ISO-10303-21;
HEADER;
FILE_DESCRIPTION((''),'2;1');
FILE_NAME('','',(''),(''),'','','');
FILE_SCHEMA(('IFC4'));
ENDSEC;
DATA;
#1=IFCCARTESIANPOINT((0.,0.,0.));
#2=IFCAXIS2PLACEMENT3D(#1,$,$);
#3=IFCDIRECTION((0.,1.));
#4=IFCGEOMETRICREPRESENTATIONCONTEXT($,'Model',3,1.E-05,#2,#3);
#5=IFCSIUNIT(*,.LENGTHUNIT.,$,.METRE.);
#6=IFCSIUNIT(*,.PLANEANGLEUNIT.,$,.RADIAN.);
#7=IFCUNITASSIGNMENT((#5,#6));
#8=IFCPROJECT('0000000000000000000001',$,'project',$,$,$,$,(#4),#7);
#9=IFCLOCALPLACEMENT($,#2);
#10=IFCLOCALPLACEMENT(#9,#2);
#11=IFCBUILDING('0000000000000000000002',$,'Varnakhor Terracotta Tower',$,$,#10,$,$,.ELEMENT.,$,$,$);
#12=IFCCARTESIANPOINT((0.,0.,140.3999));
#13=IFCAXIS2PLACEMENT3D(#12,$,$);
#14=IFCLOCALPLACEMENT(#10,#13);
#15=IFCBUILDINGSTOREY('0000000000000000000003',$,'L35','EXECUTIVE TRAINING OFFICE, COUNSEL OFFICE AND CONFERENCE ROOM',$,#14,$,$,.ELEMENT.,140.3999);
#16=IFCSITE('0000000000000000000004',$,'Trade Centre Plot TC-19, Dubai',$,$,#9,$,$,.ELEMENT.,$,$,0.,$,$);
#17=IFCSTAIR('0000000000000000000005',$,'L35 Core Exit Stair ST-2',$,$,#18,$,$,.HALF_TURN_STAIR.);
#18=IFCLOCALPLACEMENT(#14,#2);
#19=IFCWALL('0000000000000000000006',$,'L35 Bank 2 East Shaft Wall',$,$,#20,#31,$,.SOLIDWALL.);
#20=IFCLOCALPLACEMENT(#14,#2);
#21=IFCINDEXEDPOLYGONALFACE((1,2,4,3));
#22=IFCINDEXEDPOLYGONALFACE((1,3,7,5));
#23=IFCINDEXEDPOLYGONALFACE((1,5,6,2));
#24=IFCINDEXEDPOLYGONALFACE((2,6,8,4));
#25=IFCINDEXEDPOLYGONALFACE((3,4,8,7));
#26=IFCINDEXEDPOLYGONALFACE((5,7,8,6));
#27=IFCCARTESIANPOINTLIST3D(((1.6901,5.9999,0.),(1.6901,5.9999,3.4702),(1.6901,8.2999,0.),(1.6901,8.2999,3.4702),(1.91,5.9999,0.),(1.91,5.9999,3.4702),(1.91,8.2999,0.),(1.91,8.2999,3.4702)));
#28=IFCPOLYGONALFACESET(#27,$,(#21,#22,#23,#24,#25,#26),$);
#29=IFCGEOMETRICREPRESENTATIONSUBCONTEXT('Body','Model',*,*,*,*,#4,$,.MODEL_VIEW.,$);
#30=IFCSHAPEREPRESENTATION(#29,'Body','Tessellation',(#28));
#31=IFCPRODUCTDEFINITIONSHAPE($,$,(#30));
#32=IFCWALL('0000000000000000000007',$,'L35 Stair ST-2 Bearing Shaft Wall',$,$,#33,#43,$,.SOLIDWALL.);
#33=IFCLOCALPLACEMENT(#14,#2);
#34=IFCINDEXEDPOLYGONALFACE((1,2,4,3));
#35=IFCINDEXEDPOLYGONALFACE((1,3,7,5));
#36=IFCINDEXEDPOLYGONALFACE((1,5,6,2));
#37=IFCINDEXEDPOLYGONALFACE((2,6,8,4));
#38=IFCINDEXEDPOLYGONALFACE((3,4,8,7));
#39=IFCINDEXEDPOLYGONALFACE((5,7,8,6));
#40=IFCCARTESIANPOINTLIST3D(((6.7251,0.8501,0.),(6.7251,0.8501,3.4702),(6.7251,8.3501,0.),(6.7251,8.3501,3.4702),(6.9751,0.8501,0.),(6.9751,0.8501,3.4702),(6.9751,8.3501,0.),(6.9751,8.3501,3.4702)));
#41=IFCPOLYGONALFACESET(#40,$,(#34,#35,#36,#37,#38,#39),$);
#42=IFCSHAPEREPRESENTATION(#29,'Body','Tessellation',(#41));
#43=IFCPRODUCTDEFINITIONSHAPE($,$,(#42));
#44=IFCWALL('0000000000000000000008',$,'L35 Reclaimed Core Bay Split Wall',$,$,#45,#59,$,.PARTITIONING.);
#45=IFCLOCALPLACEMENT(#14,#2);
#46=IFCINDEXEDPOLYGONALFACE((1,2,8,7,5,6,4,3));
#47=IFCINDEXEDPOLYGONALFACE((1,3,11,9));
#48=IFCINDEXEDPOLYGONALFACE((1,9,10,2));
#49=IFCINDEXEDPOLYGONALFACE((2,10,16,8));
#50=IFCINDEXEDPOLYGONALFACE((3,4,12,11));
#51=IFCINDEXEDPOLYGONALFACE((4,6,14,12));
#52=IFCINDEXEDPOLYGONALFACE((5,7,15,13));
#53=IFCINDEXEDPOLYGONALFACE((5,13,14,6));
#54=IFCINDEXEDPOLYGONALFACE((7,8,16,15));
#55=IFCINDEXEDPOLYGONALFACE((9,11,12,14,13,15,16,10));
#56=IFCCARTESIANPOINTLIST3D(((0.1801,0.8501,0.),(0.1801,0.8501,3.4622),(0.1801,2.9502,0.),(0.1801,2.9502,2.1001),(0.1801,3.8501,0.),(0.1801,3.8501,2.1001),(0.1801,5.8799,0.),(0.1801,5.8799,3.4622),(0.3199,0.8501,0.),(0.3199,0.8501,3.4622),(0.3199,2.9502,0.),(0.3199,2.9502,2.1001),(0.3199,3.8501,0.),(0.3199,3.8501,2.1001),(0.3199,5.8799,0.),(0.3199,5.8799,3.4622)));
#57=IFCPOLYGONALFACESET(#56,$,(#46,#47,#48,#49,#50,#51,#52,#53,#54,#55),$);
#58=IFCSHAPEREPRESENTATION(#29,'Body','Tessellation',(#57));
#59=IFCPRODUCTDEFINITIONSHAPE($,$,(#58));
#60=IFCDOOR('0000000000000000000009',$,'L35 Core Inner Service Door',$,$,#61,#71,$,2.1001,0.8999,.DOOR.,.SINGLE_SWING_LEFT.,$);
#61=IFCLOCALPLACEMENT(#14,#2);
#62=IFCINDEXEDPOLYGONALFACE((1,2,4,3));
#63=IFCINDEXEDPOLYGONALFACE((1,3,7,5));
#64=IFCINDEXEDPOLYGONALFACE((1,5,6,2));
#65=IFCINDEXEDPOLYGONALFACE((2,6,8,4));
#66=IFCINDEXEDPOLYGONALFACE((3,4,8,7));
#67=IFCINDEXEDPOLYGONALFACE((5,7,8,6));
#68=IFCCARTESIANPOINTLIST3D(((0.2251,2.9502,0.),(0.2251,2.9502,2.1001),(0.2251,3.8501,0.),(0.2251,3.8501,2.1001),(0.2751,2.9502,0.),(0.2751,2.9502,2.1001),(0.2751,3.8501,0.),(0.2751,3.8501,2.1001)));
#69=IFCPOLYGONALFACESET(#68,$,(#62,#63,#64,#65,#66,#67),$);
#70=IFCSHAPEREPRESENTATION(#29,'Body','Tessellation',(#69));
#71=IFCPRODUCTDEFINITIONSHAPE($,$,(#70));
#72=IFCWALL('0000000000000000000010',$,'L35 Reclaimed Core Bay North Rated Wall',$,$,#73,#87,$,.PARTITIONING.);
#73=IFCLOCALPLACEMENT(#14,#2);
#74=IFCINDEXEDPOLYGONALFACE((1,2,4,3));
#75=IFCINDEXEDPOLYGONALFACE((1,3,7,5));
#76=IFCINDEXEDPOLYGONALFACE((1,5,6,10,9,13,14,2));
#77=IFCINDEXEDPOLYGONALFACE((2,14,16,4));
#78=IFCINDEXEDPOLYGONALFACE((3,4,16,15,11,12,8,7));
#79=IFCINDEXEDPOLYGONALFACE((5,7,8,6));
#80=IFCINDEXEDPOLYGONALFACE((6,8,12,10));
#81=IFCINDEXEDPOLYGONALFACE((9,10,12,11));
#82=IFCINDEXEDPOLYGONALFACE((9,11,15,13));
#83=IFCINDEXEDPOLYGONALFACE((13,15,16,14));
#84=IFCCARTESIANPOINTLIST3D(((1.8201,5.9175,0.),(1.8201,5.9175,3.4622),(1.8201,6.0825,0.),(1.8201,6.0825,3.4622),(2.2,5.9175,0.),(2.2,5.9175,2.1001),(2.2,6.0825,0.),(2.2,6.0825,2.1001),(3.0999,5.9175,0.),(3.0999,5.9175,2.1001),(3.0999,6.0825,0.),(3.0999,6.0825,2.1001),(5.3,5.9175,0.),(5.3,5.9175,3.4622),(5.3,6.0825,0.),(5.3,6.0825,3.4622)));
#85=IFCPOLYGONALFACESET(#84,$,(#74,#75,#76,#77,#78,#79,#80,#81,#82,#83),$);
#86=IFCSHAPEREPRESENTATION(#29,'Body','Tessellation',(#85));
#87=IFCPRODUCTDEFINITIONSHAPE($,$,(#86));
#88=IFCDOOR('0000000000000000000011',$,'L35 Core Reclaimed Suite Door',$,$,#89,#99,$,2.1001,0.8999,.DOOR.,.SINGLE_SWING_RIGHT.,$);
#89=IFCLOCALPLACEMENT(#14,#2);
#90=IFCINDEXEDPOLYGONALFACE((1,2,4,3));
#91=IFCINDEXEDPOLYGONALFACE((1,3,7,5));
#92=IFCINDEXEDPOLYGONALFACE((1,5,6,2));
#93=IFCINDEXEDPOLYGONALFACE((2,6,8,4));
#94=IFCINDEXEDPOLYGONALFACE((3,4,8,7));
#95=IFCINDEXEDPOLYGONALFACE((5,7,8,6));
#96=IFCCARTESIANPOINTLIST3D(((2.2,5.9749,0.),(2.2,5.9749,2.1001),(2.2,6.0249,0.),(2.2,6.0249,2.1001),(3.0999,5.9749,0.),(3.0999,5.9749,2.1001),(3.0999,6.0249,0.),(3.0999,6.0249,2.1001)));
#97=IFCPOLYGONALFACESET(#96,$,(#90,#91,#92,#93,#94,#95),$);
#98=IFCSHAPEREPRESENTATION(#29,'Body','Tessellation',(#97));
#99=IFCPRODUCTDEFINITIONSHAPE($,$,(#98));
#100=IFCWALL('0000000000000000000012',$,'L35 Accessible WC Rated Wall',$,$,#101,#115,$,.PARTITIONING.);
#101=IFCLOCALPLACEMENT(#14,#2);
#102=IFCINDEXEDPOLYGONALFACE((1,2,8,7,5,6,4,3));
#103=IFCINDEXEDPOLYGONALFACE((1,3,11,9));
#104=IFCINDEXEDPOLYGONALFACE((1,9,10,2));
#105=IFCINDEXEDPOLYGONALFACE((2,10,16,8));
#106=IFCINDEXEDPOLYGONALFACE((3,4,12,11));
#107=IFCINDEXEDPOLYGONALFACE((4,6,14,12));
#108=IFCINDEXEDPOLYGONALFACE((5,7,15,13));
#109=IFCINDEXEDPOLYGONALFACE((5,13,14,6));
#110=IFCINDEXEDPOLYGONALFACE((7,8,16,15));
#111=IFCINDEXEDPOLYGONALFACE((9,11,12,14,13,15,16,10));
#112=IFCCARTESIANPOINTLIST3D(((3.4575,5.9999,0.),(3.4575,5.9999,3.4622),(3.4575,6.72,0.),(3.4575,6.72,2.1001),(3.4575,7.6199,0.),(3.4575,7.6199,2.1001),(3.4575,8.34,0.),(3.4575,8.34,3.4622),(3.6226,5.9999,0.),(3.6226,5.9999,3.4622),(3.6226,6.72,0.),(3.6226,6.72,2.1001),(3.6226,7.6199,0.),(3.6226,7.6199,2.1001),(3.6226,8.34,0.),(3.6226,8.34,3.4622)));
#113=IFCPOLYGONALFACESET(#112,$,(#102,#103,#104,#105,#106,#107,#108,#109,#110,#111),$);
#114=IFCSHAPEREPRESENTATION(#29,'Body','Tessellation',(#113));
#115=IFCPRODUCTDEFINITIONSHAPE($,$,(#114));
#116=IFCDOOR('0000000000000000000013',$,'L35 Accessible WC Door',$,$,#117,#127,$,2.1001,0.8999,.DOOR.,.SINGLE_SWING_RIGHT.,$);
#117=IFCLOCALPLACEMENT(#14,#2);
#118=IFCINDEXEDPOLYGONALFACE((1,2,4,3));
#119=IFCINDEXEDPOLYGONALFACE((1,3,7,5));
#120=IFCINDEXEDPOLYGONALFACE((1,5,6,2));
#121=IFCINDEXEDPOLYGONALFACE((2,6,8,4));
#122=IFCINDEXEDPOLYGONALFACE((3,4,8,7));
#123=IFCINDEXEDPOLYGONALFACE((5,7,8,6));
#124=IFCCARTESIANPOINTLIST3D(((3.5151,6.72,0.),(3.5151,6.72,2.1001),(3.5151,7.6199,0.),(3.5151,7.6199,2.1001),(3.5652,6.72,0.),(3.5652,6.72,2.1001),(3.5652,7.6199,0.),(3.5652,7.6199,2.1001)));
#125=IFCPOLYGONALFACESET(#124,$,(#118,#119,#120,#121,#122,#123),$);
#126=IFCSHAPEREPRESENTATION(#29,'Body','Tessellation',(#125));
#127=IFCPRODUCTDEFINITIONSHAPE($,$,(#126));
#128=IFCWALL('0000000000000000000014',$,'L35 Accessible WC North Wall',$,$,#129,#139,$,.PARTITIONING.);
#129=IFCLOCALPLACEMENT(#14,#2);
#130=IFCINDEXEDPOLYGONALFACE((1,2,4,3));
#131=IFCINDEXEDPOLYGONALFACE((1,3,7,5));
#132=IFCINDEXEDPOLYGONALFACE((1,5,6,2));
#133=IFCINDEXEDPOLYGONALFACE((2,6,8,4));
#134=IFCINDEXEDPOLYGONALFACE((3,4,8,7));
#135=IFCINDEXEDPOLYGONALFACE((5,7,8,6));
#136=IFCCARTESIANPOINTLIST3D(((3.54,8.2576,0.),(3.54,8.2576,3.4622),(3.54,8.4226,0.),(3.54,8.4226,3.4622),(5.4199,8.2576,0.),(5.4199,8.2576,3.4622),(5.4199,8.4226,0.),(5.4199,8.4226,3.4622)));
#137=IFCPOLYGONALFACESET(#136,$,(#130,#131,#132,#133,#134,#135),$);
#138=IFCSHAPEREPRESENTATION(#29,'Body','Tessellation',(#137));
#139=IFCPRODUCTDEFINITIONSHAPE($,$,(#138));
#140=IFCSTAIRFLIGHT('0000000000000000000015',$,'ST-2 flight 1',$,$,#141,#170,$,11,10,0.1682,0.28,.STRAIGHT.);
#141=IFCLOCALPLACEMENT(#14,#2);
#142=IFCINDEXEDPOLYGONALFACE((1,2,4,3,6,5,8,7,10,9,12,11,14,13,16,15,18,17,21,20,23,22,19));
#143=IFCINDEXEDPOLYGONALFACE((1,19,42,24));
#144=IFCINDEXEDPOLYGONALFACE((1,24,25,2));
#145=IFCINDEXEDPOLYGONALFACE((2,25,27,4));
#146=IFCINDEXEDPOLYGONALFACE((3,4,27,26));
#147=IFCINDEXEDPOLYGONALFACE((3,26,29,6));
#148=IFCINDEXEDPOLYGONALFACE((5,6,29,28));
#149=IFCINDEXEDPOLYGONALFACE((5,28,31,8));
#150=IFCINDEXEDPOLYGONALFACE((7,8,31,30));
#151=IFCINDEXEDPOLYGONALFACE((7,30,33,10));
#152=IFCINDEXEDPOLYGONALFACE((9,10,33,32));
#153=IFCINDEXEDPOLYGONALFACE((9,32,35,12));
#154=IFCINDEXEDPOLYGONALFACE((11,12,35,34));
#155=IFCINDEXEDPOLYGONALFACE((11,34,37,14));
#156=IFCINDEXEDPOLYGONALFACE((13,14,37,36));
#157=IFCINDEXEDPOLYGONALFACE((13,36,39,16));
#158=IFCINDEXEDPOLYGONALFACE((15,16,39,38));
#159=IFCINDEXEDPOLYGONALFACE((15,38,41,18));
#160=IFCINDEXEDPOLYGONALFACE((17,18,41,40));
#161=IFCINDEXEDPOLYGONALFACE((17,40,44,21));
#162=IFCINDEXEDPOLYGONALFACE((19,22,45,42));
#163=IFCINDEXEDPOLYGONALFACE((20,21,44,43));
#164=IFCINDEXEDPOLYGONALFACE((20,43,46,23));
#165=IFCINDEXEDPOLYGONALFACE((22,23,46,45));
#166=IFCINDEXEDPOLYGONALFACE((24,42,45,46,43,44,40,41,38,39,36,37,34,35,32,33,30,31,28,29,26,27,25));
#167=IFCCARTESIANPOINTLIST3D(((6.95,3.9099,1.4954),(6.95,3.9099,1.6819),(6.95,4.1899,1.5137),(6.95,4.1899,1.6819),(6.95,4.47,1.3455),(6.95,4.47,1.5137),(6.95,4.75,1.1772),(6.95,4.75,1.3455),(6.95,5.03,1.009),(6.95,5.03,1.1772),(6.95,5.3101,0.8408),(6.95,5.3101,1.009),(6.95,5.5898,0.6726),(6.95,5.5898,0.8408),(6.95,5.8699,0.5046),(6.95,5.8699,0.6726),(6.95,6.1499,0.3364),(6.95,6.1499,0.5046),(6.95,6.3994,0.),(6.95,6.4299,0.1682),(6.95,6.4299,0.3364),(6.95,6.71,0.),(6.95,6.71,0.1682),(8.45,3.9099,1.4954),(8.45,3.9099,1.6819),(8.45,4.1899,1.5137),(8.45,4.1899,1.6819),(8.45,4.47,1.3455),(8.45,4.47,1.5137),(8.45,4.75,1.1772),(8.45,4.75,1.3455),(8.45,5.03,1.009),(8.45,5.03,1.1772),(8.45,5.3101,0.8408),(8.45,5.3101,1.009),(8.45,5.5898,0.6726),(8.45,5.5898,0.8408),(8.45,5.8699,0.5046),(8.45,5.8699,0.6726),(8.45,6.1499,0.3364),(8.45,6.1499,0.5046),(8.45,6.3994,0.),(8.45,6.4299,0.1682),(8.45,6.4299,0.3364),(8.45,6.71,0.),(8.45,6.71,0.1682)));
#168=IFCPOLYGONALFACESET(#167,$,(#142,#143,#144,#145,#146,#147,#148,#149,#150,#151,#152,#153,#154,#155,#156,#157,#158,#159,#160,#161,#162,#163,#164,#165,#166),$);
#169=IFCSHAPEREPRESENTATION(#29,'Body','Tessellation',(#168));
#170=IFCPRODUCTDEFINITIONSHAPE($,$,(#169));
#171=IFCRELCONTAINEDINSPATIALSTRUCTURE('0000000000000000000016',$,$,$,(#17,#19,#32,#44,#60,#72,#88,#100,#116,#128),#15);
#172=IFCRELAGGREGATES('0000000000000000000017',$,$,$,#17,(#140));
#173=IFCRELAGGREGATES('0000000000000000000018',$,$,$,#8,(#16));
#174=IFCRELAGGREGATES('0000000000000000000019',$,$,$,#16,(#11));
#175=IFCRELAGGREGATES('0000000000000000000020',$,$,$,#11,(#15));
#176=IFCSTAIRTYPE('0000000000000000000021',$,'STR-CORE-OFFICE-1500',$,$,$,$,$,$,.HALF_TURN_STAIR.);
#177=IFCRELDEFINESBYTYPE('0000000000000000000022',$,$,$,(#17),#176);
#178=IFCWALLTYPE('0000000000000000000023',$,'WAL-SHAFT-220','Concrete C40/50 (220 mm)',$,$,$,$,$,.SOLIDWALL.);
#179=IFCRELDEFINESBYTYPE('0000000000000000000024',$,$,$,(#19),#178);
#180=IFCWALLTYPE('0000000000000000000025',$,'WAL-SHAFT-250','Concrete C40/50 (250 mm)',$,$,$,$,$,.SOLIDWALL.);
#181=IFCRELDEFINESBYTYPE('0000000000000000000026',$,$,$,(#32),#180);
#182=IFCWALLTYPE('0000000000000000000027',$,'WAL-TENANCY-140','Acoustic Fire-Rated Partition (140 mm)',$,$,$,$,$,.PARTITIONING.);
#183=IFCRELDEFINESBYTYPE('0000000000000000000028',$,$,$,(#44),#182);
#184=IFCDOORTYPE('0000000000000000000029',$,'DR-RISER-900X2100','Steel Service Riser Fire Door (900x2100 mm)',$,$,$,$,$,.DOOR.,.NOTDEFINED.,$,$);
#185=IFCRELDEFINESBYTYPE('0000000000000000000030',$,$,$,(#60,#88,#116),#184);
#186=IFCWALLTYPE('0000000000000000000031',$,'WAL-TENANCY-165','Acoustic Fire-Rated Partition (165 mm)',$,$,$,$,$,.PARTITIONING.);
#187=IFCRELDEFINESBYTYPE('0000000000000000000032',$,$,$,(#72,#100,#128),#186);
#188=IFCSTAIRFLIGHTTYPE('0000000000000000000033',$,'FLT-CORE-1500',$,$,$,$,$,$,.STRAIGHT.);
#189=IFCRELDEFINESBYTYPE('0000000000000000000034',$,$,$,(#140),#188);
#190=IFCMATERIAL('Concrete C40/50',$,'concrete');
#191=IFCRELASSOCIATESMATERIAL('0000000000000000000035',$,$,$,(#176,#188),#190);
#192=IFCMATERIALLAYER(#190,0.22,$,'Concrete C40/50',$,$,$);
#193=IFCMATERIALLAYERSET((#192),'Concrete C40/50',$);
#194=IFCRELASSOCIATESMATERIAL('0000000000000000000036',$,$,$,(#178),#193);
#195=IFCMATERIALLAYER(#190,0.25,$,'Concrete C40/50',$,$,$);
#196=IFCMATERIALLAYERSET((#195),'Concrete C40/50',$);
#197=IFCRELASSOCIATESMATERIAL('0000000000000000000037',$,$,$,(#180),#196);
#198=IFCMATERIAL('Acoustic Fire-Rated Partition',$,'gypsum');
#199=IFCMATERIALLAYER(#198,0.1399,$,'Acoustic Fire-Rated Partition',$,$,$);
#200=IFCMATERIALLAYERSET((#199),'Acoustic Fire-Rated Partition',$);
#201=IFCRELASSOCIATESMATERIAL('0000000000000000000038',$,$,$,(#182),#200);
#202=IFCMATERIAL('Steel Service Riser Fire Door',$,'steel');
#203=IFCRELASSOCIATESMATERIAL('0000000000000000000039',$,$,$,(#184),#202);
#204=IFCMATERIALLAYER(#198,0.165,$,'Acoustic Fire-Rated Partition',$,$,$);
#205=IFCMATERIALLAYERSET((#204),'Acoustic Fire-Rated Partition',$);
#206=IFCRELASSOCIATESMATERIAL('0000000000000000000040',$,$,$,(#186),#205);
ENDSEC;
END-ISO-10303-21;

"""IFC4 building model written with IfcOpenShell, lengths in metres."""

from ifc_helpers import new_model, si_unit, direction, frame, frame_2d, origin, place, context, subcontext, project, spatial, polyline, rectangle, outline, extrude, source, transform, mapped, material, layer, layer_set, type_object, type_shapes, element, fill, aggregate, save


model = new_model("IFC4")

# Units and contexts
model_context = context("Model", 3, precision=1e-05, world=origin(), true_north=direction((0.0, 1.0)))
body_context = subcontext(model_context, "Body", "Model", "MODEL_VIEW")
ifc_project = project(units=[si_unit("LENGTHUNIT", "METRE"), si_unit("PLANEANGLEUNIT", "RADIAN")], contexts=[model_context])

# Site, building, storey
site_placement = place(None, origin())
site = spatial("IfcSite", under=ifc_project, at=site_placement, Name="Trade Centre Plot TC-19, Dubai", CompositionType="ELEMENT", RefElevation=0.0)
building_placement = place(site_placement, origin())
building = spatial("IfcBuilding", under=site, at=building_placement, Name="Varnakhor Terracotta Tower", CompositionType="ELEMENT")
storey_placement = place(building_placement, frame((0.0, 0.0, 140.3999)))
storey = spatial("IfcBuildingStorey", under=building, at=storey_placement, Name="L35", Description="EXECUTIVE TRAINING OFFICE, COUNSEL OFFICE AND CONFERENCE ROOM", CompositionType="ELEMENT", Elevation=140.3999)

# Stair
ifc_material_1 = material(Name="Concrete C40/50", Category="concrete")
stair_type = type_object("IfcStairType", Name="STR-CORE-OFFICE-1500", PredefinedType="HALF_TURN_STAIR", material=ifc_material_1)
stair_1_placement = place(storey_placement, origin())
stair_1 = element("IfcStair", 1, at=stair_1_placement, inside=storey, type_object=stair_type, Name="L35 Core Exit Stair ST-2", PredefinedType="HALF_TURN_STAIR")

# Walls
ifc_layer_1 = layer(ifc_material_1, 0.22, Name="Concrete C40/50")
ifc_layer_set_1 = layer_set([ifc_layer_1], Name="Concrete C40/50")
wall_type_1 = type_object("IfcWallType", Name="WAL-SHAFT-220", Description="Concrete C40/50 (220 mm)", PredefinedType="SOLIDWALL", material=ifc_layer_set_1)
wall_1_placement = place(storey_placement, frame((1.8, 6.0, 0.0), z_axis=(0.0, 0.0, 1.0), x_axis=(0.0, 1.0, 0.0)))
element("IfcWall", 2, at=wall_1_placement, inside=storey, type_object=wall_type_1, Name="L35 Bank 2 East Shaft Wall", PredefinedType="SOLIDWALL", context=body_context, shape_type="SweptSolid", body=[
    extrude(rectangle(XDim=2.3, YDim=0.22, at=frame_2d((1.1499, 0.0))), origin(), (0.0, 0.0, 1.0), 3.4702),
])
ifc_layer_2 = layer(ifc_material_1, 0.25, Name="Concrete C40/50")
ifc_layer_set_2 = layer_set([ifc_layer_2], Name="Concrete C40/50")
wall_type_2 = type_object("IfcWallType", Name="WAL-SHAFT-250", Description="Concrete C40/50 (250 mm)", PredefinedType="SOLIDWALL", material=ifc_layer_set_2)
wall_2_placement = place(storey_placement, frame((6.8501, 0.8501, 0.0), z_axis=(0.0, 0.0, 1.0), x_axis=(0.0, 1.0, 0.0)))
element("IfcWall", 3, at=wall_2_placement, inside=storey, type_object=wall_type_2, Name="L35 Stair ST-2 Bearing Shaft Wall", PredefinedType="SOLIDWALL", context=body_context, shape_type="SweptSolid", body=[
    extrude(rectangle(XDim=7.5, YDim=0.25, at=frame_2d((3.75, 0.0))), origin(), (0.0, 0.0, 1.0), 3.4702),
])

# Walls, openings, doors
ifc_material_2 = material(Name="Acoustic Fire-Rated Partition", Category="gypsum")
ifc_layer_3 = layer(ifc_material_2, 0.1399, Name="Acoustic Fire-Rated Partition")
ifc_layer_set_3 = layer_set([ifc_layer_3], Name="Acoustic Fire-Rated Partition")
wall_type_3 = type_object("IfcWallType", Name="WAL-TENANCY-140", Description="Acoustic Fire-Rated Partition (140 mm)", PredefinedType="PARTITIONING", material=ifc_layer_set_3)
wall_3_placement = place(storey_placement, frame((0.25, 0.8501, 0.0), z_axis=(0.0, 0.0, 1.0), x_axis=(0.0, 1.0, 0.0)))
wall_3 = element("IfcWall", 4, at=wall_3_placement, inside=storey, type_object=wall_type_3, Name="L35 Reclaimed Core Bay Split Wall", PredefinedType="PARTITIONING", context=body_context, shape_type="SweptSolid", body=[
    extrude(rectangle(XDim=5.0298, YDim=0.1399, at=frame_2d((2.5149, 0.0))), origin(), (0.0, 0.0, 1.0), 3.4622),
])
opening_1_placement = place(wall_3_placement, frame((2.1001, 0.0, 0.0)))
opening_1 = element("IfcOpeningElement", 5, at=opening_1_placement, cuts=wall_3, PredefinedType="OPENING", context=body_context, shape_type="SweptSolid", body=[
    extrude(rectangle(XDim=0.8999, YDim=2.1001, at=frame_2d((0.45, 1.05))), frame((0.0, 0.0801, 0.0), z_axis=(0.0, -1.0, 0.0), x_axis=(1.0, 0.0, 0.0)), (0.0, 0.0, 1.0), 0.1599),
])
ifc_material_3 = material(Name="Steel Service Riser Fire Door", Category="steel")
door_type_1 = type_object("IfcDoorType", Name="DR-RISER-900X2100", Description="Steel Service Riser Fire Door (900x2100 mm)", OperationType="NOTDEFINED", PredefinedType="DOOR", material=ifc_material_3)
shared_shape_1 = source(origin(), body_context, "Body", "SweptSolid", [
    extrude(rectangle(XDim=0.8999, YDim=2.1001, at=frame_2d((0.45, 1.05))), frame((0.0, 0.0249, 0.0), z_axis=(0.0, -1.0, 0.0), x_axis=(1.0, 0.0, 0.0)), (0.0, 0.0, 1.0), 0.05),
])
type_shapes(door_type_1, [shared_shape_1])
door_1_placement = place(opening_1_placement, origin())
door_1 = element("IfcDoor", 6, at=door_1_placement, inside=storey, type_object=door_type_1, Name="L35 Core Inner Service Door", OperationType="SINGLE_SWING_LEFT", OverallHeight=2.1001, OverallWidth=0.8999, PredefinedType="DOOR", context=body_context, shape_type="MappedRepresentation", body=[
    mapped(shared_shape_1, transform((0.0, 0.0, 0.0), scale=1.0)),
])
fill(opening_1, door_1)
ifc_layer_4 = layer(ifc_material_2, 0.165, Name="Acoustic Fire-Rated Partition")
ifc_layer_set_4 = layer_set([ifc_layer_4], Name="Acoustic Fire-Rated Partition")
wall_type_4 = type_object("IfcWallType", Name="WAL-TENANCY-165", Description="Acoustic Fire-Rated Partition (165 mm)", PredefinedType="PARTITIONING", material=ifc_layer_set_4)
wall_4_placement = place(storey_placement, frame((1.8201, 6.0, 0.0), z_axis=(0.0, 0.0, 1.0), x_axis=(1.0, 0.0, 0.0)))
wall_4 = element("IfcWall", 7, at=wall_4_placement, inside=storey, type_object=wall_type_4, Name="L35 Reclaimed Core Bay North Rated Wall", PredefinedType="PARTITIONING", context=body_context, shape_type="SweptSolid", body=[
    extrude(rectangle(XDim=3.48, YDim=0.165, at=frame_2d((1.74, 0.0))), origin(), (0.0, 0.0, 1.0), 3.4622),
])
opening_2_placement = place(wall_4_placement, frame((0.3799, 0.0, 0.0)))
opening_2 = element("IfcOpeningElement", 8, at=opening_2_placement, cuts=wall_4, PredefinedType="OPENING", context=body_context, shape_type="SweptSolid", body=[
    extrude(rectangle(XDim=0.8999, YDim=2.1001, at=frame_2d((0.45, 1.05))), frame((0.0, 0.0925, 0.0), z_axis=(0.0, -1.0, 0.0), x_axis=(1.0, 0.0, 0.0)), (0.0, 0.0, 1.0), 0.1851),
])
door_2_placement = place(opening_2_placement, origin())
door_2 = element("IfcDoor", 9, at=door_2_placement, inside=storey, type_object=door_type_1, Name="L35 Core Reclaimed Suite Door", OperationType="SINGLE_SWING_RIGHT", OverallHeight=2.1001, OverallWidth=0.8999, PredefinedType="DOOR", context=body_context, shape_type="MappedRepresentation", body=[
    mapped(shared_shape_1, transform((0.0, 0.0, 0.0), scale=1.0)),
])
fill(opening_2, door_2)
wall_5_placement = place(storey_placement, frame((3.54, 6.0, 0.0), z_axis=(0.0, 0.0, 1.0), x_axis=(0.0, 1.0, 0.0)))
wall_5 = element("IfcWall", 10, at=wall_5_placement, inside=storey, type_object=wall_type_4, Name="L35 Accessible WC Rated Wall", PredefinedType="PARTITIONING", context=body_context, shape_type="SweptSolid", body=[
    extrude(rectangle(XDim=2.3401, YDim=0.165, at=frame_2d((1.1699, 0.0))), origin(), (0.0, 0.0, 1.0), 3.4622),
])
opening_3_placement = place(wall_5_placement, frame((0.72, 0.0, 0.0)))
opening_3 = element("IfcOpeningElement", 11, at=opening_3_placement, cuts=wall_5, PredefinedType="OPENING", context=body_context, shape_type="SweptSolid", body=[
    extrude(rectangle(XDim=0.8999, YDim=2.1001, at=frame_2d((0.45, 1.05))), frame((0.0, 0.0925, 0.0), z_axis=(0.0, -1.0, 0.0), x_axis=(1.0, 0.0, 0.0)), (0.0, 0.0, 1.0), 0.1851),
])
door_3_placement = place(opening_3_placement, origin())
door_3 = element("IfcDoor", 12, at=door_3_placement, inside=storey, type_object=door_type_1, Name="L35 Accessible WC Door", OperationType="SINGLE_SWING_RIGHT", OverallHeight=2.1001, OverallWidth=0.8999, PredefinedType="DOOR", context=body_context, shape_type="MappedRepresentation", body=[
    mapped(shared_shape_1, transform((0.0, 0.0, 0.0), scale=1.0)),
])
fill(opening_3, door_3)

# Wall
wall_6_placement = place(storey_placement, frame((3.54, 8.3401, 0.0), z_axis=(0.0, 0.0, 1.0), x_axis=(1.0, 0.0, 0.0)))
element("IfcWall", 13, at=wall_6_placement, inside=storey, type_object=wall_type_4, Name="L35 Accessible WC North Wall", PredefinedType="PARTITIONING", context=body_context, shape_type="SweptSolid", body=[
    extrude(rectangle(XDim=1.8799, YDim=0.165, at=frame_2d((0.9399, 0.0))), origin(), (0.0, 0.0, 1.0), 3.4622),
])

# Stair flight
stair_flight_type = type_object("IfcStairFlightType", Name="FLT-CORE-1500", PredefinedType="STRAIGHT", material=ifc_material_1)
stair_flight_1_placement = place(storey_placement, frame((7.7, 6.71, 0.0), z_axis=(0.0, 0.0, 1.0), x_axis=(0.0, -1.0, 0.0)))
stair_flight_1 = element("IfcStairFlight", 14, at=stair_flight_1_placement, type_object=stair_flight_type, Name="ST-2 flight 1", NumberOfRisers=11, NumberOfTreads=10, PredefinedType="STRAIGHT", RiserHeight=0.1682, TreadLength=0.28, context=body_context, shape_type="SweptSolid", body=[
    extrude(outline(polyline([(0.0, 0.0), (0.0, 0.1682), (0.28, 0.1682), (0.28, 0.3364), (0.5601, 0.3364), (0.5601, 0.5046), (0.8401, 0.5046), (0.8401, 0.6726), (1.1201, 0.6726), (1.1201, 0.8408), (1.3999, 0.8408), (1.3999, 1.009), (1.6799, 1.009), (1.6799, 1.1772), (1.96, 1.1772), (1.96, 1.3455), (2.24, 1.3455), (2.24, 1.5137), (2.52, 1.5137), (2.52, 1.6819), (2.8, 1.6819), (2.8, 1.8501), (2.8, 1.4954), (0.3105, 0.0), (0.0, 0.0)])), frame((0.0, 0.75, 0.0), z_axis=(0.0, -1.0, 0.0), x_axis=(1.0, 0.0, 0.0)), (0.0, 0.0, 1.0), 1.5),
])
aggregate(stair_1, [stair_flight_1])

save(model, "model.ifc")
